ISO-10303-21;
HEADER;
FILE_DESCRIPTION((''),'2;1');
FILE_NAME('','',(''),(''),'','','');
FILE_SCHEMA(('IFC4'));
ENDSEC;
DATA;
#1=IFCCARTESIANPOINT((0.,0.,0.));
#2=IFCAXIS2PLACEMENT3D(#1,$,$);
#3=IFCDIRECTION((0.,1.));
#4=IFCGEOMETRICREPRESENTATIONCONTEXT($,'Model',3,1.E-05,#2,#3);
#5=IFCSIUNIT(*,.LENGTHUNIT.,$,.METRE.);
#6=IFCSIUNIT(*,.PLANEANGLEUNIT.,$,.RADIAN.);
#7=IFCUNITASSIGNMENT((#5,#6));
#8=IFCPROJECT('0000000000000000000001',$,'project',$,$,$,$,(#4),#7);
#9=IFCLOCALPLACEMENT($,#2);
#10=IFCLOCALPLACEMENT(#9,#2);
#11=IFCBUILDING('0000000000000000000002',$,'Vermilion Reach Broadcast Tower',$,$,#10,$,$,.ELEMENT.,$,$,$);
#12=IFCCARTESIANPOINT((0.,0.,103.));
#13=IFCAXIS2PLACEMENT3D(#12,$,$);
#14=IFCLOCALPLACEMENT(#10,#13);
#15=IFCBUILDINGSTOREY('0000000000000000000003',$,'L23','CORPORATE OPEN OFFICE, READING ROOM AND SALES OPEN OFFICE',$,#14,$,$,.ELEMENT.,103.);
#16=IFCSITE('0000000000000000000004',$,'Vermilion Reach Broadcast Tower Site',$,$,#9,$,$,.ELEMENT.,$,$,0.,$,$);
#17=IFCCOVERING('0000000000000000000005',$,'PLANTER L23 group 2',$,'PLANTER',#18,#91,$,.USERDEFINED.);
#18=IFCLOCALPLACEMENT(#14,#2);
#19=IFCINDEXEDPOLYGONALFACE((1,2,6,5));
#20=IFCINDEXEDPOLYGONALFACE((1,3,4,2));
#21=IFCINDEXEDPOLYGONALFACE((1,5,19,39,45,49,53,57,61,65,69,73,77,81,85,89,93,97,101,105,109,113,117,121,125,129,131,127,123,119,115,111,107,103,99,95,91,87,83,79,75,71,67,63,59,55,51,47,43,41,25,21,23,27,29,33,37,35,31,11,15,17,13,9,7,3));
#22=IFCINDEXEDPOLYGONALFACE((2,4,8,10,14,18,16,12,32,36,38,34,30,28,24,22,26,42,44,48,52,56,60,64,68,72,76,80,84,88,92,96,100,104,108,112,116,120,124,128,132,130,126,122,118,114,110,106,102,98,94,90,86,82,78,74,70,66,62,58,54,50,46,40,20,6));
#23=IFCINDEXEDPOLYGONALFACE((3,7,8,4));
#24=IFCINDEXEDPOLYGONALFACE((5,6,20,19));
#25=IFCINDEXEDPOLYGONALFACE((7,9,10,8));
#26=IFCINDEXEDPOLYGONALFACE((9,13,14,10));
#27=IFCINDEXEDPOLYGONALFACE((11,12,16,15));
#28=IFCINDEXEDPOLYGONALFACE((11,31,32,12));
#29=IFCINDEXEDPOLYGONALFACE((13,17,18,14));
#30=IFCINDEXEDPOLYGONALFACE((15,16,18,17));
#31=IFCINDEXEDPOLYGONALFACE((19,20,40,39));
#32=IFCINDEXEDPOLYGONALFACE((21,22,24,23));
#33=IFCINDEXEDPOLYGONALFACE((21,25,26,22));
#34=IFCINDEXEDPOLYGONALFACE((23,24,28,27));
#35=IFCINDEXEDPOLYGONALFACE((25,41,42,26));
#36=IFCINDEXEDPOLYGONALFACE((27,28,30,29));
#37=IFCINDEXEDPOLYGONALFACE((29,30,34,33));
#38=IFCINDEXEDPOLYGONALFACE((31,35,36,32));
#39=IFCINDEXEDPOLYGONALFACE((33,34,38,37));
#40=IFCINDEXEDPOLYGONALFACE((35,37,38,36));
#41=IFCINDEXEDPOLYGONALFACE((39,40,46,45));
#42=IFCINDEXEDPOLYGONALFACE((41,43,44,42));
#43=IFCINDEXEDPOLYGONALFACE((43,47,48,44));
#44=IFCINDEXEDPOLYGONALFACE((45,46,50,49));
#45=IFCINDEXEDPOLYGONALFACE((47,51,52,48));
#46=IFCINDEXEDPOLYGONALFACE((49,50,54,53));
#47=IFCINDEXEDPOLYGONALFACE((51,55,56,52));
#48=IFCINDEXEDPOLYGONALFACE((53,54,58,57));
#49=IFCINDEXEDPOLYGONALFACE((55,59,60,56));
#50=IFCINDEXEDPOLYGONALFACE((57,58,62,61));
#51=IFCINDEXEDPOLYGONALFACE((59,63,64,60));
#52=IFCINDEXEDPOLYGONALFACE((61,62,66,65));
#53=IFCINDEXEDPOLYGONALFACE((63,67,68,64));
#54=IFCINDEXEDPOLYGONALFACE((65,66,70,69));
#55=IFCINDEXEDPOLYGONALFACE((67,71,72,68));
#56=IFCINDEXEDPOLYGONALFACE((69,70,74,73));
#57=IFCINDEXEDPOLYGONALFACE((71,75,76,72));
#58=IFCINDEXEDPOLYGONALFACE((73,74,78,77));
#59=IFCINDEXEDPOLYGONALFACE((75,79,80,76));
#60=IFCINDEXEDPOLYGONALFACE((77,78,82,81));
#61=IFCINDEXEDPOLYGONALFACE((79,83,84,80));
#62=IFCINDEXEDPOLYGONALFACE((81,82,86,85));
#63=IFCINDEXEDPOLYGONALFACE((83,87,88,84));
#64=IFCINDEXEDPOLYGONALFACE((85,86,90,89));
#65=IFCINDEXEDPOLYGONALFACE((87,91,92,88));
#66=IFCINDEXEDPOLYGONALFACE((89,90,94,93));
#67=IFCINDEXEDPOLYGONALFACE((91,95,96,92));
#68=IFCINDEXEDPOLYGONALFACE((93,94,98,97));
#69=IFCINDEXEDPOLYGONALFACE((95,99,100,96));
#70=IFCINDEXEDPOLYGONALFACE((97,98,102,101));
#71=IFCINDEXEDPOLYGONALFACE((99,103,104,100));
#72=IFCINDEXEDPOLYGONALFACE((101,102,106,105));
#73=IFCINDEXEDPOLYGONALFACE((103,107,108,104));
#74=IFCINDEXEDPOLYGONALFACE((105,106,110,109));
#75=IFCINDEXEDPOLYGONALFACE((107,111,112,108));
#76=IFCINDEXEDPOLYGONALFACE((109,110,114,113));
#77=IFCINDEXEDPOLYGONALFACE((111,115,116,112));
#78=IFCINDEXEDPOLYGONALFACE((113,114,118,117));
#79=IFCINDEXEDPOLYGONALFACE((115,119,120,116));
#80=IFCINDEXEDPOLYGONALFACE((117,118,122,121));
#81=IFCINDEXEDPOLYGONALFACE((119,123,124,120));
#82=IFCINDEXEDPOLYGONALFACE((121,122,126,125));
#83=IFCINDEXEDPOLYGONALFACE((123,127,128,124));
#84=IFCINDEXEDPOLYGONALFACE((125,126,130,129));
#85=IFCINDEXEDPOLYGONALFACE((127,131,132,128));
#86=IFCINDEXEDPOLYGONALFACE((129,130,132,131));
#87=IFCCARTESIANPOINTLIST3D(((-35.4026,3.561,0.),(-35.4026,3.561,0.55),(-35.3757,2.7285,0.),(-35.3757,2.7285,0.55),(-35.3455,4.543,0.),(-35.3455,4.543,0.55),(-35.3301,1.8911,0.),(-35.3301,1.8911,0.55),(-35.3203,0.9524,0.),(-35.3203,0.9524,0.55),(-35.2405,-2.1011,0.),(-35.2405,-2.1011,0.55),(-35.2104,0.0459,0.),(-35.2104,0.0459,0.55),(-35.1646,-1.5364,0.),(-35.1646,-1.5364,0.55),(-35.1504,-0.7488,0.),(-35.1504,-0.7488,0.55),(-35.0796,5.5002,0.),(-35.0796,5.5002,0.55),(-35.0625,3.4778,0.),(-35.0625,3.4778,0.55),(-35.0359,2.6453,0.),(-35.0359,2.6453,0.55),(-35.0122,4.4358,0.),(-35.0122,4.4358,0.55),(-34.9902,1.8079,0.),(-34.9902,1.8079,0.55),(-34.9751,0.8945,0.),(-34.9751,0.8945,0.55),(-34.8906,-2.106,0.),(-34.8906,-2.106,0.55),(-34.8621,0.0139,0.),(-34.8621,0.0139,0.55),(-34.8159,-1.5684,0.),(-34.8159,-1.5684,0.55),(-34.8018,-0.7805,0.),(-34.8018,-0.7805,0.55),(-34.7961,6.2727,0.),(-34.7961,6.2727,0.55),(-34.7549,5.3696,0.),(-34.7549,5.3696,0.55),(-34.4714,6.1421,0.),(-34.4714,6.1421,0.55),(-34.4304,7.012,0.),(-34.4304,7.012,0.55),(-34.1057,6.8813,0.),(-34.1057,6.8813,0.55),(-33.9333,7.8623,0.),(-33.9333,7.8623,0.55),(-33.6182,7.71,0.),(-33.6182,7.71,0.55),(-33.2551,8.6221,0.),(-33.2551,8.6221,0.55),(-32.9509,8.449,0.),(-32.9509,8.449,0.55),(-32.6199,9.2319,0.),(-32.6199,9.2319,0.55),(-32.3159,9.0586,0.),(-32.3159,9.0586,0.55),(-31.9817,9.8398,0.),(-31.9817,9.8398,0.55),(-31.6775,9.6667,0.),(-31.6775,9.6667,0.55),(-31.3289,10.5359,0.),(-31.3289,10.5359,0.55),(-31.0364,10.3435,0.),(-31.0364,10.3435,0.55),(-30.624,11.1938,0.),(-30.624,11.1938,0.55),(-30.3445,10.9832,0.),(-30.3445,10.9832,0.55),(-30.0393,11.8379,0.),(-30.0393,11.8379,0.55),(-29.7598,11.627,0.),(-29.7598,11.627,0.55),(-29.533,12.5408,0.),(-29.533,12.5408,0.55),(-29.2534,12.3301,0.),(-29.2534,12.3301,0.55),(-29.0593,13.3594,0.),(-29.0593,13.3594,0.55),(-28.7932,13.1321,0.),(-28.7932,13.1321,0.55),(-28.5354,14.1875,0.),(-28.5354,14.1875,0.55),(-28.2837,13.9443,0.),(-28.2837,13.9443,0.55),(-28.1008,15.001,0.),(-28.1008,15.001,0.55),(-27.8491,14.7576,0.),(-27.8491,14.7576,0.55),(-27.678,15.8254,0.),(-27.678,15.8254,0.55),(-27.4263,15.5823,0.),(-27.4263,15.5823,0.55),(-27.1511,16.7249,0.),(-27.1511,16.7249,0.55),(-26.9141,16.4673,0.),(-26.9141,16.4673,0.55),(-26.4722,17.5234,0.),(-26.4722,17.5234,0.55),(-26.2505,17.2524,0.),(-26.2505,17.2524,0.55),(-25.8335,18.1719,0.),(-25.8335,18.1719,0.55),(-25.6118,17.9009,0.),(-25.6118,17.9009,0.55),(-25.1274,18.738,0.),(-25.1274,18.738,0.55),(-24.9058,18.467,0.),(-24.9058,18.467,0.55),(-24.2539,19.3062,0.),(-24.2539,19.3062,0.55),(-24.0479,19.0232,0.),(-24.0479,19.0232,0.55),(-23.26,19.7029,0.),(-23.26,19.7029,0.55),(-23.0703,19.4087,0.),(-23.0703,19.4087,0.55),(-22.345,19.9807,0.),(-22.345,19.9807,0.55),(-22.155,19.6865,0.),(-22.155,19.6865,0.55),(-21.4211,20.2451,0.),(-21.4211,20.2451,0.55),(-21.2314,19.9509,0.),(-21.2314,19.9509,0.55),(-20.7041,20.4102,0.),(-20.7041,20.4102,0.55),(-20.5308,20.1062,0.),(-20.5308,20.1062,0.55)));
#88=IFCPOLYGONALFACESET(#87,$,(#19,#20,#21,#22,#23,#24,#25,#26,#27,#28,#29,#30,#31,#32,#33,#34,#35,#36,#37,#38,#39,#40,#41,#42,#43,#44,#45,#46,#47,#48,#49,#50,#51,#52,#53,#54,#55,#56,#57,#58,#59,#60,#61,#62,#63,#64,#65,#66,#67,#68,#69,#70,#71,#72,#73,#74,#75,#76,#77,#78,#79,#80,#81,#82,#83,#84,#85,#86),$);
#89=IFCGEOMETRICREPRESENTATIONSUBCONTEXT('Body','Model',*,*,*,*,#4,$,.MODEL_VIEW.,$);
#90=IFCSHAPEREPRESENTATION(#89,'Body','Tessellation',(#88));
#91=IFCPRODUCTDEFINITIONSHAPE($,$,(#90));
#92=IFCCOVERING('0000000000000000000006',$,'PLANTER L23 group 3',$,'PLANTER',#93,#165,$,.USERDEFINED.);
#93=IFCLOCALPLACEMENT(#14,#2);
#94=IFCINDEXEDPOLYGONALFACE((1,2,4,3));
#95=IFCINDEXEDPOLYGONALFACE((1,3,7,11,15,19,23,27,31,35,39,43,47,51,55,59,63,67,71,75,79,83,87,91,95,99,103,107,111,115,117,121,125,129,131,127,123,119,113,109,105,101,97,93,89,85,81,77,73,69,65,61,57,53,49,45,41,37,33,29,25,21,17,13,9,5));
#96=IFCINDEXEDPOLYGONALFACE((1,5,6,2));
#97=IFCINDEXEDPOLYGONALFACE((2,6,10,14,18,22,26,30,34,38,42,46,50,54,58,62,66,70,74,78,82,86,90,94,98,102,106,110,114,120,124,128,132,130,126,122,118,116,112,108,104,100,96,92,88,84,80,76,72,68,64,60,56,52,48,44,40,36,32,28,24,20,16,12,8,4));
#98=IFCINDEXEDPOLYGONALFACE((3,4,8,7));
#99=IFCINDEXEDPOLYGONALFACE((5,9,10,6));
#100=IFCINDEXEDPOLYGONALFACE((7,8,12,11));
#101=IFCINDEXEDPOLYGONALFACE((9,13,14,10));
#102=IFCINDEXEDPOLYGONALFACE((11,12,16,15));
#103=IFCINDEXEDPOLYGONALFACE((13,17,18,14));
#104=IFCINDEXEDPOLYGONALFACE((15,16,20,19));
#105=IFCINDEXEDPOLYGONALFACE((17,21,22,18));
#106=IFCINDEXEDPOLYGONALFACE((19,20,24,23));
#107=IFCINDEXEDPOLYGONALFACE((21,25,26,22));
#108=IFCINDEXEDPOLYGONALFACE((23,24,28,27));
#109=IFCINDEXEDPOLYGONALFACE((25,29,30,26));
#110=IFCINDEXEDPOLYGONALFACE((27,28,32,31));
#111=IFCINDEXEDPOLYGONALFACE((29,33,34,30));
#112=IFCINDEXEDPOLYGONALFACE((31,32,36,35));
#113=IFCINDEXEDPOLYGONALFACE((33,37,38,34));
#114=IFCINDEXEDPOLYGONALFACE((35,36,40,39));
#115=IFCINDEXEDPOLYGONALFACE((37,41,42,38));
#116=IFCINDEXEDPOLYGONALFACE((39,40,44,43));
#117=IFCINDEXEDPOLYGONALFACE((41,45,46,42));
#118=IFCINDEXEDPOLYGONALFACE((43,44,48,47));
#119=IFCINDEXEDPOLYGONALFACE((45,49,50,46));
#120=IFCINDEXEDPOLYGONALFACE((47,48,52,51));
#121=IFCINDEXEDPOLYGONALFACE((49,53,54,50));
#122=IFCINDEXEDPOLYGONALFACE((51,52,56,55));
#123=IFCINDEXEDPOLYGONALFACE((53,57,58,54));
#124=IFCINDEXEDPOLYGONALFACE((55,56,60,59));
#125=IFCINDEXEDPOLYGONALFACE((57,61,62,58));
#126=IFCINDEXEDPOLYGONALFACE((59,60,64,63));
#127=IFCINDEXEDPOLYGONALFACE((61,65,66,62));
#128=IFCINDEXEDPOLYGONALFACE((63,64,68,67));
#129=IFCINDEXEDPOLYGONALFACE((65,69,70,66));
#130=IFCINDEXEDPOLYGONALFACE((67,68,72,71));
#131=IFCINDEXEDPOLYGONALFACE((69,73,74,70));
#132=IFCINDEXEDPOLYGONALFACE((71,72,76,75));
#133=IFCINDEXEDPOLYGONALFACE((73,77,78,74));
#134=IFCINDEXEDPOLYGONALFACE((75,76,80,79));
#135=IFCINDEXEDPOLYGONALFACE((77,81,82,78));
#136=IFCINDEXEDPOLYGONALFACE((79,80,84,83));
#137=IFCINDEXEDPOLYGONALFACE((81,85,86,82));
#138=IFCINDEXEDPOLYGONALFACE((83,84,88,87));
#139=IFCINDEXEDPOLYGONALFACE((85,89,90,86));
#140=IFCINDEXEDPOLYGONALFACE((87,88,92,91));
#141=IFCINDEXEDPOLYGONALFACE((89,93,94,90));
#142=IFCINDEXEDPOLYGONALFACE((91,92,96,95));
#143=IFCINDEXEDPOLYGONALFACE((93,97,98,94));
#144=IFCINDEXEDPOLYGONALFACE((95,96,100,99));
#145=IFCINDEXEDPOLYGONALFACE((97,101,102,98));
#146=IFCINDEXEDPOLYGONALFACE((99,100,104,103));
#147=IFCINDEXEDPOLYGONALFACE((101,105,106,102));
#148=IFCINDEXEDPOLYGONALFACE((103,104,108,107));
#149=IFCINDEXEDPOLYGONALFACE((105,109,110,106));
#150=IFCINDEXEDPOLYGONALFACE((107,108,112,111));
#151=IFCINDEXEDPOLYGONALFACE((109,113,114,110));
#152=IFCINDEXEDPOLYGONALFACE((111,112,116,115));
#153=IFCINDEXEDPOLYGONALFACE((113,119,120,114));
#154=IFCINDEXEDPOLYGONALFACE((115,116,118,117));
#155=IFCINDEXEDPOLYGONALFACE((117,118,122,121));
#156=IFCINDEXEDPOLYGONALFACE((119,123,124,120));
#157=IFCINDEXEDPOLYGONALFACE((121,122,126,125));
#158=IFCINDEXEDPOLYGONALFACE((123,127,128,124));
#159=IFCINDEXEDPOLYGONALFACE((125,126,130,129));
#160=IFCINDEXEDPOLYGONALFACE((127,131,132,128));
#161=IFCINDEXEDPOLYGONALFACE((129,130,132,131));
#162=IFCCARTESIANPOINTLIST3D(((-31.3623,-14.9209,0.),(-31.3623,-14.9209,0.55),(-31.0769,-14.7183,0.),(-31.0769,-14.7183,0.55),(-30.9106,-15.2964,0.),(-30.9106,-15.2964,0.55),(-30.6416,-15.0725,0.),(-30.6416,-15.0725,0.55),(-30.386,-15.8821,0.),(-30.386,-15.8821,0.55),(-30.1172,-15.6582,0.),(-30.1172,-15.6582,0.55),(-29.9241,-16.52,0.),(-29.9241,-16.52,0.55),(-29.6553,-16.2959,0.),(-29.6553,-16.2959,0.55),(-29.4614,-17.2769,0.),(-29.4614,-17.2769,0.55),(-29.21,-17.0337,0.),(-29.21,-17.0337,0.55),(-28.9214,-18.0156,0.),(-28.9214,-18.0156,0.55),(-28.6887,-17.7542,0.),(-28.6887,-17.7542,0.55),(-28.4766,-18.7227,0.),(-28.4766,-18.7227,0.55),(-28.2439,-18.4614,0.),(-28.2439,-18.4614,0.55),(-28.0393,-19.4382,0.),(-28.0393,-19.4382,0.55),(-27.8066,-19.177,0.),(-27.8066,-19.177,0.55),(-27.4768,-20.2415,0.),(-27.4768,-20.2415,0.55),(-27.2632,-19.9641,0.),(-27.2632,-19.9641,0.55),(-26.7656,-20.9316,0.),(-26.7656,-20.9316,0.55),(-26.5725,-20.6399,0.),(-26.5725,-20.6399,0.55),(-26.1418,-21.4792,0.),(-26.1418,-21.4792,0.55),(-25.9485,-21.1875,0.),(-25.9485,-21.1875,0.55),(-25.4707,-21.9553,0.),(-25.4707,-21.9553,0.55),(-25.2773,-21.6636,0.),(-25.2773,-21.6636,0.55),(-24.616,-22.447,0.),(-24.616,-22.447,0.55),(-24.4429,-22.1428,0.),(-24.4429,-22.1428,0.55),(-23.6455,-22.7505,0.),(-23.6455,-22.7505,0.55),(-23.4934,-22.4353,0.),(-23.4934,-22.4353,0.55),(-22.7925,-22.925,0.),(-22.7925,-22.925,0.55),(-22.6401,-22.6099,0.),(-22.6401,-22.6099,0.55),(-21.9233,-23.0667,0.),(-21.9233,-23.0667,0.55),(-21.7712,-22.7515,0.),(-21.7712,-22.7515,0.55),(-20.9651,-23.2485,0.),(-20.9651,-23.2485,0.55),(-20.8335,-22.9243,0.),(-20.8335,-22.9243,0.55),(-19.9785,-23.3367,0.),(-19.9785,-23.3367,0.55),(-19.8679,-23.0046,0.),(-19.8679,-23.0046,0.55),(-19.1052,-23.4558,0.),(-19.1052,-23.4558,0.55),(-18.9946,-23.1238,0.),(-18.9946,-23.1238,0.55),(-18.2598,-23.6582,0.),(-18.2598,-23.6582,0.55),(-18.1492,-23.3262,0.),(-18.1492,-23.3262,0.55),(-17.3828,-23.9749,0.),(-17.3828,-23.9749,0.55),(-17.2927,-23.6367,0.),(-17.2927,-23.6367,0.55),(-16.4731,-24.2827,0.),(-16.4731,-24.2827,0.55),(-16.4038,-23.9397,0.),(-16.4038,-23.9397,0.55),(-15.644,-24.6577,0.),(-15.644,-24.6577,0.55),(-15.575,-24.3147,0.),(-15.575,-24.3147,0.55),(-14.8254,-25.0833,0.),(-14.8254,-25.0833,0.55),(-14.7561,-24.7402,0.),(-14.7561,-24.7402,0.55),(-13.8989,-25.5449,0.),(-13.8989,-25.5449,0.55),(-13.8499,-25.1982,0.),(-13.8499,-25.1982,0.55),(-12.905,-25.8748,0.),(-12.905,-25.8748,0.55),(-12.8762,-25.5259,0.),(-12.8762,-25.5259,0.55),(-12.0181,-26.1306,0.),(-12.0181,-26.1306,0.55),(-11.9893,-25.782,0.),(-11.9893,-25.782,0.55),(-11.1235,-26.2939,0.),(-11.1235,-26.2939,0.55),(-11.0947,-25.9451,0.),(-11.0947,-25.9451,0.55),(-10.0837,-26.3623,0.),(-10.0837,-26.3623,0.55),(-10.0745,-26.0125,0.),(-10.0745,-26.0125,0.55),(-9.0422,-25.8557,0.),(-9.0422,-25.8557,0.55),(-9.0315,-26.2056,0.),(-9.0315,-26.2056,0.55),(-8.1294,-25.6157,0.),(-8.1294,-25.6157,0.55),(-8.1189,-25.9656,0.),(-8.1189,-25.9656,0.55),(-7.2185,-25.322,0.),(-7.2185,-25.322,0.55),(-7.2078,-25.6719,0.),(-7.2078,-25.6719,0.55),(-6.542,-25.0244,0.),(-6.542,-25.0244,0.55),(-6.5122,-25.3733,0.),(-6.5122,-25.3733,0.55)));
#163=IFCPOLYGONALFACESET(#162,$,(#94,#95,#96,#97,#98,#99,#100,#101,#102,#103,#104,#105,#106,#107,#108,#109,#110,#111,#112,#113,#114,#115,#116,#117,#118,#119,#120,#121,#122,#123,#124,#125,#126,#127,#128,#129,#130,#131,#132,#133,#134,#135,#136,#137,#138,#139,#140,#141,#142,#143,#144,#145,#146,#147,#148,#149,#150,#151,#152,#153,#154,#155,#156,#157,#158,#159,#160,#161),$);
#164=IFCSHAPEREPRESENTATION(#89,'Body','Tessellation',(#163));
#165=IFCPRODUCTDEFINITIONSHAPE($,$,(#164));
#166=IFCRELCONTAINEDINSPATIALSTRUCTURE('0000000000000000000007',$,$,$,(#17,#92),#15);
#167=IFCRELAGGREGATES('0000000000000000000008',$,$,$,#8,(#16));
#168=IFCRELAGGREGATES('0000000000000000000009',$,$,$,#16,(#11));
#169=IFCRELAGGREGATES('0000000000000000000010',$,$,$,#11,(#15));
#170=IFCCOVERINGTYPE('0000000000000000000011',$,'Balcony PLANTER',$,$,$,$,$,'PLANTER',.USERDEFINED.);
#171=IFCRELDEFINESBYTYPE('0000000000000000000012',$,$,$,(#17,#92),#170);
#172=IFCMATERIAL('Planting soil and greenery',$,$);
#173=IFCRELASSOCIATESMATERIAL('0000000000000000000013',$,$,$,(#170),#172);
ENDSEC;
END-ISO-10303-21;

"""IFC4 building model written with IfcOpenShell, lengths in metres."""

from ifc_helpers import new_model, si_unit, direction, frame, origin, place, context, subcontext, project, spatial, polyline, outline, extrude, material, type_object, element, save


model = new_model("IFC4")

# Units and contexts
model_context = context("Model", 3, precision=1e-05, world=origin(), true_north=direction((0.0, 1.0)))
body_context = subcontext(model_context, "Body", "Model", "MODEL_VIEW")
ifc_project = project(units=[si_unit("LENGTHUNIT", "METRE"), si_unit("PLANEANGLEUNIT", "RADIAN")], contexts=[model_context])

# Site, building, storey
site_placement = place(None, origin())
site = spatial("IfcSite", under=ifc_project, at=site_placement, Name="Vermilion Reach Broadcast Tower Site", CompositionType="ELEMENT", RefElevation=0.0)
building_placement = place(site_placement, origin())
building = spatial("IfcBuilding", under=site, at=building_placement, Name="Vermilion Reach Broadcast Tower", CompositionType="ELEMENT")
storey_placement = place(building_placement, frame((0.0, 0.0, 103.0)))
storey = spatial("IfcBuildingStorey", under=building, at=storey_placement, Name="L23", Description="CORPORATE OPEN OFFICE, READING ROOM AND SALES OPEN OFFICE", CompositionType="ELEMENT", Elevation=103.0)

# Shared definitions
placement_1 = place(storey_placement, origin())

# Coverings
ifc_material_1 = material(Name="Planting soil and greenery")
covering_type = type_object("IfcCoveringType", Name="Balcony PLANTER", ElementType="PLANTER", PredefinedType="USERDEFINED", material=ifc_material_1)
element("IfcCovering", 1, at=placement_1, inside=storey, type_object=covering_type, Name="PLANTER L23 group 2", ObjectType="PLANTER", PredefinedType="USERDEFINED", context=body_context, shape_type="SweptSolid", body=[
    extrude(outline(polyline([(-20.7041, 20.4102), (-21.4211, 20.2451), (-22.345, 19.9807), (-23.26, 19.7029), (-24.2539, 19.3062), (-25.1274, 18.738), (-25.8335, 18.1719), (-26.4722, 17.5234), (-27.1511, 16.7249), (-27.678, 15.8254), (-28.1008, 15.001), (-28.5354, 14.1875), (-29.0593, 13.3594), (-29.533, 12.5408), (-30.0393, 11.8379), (-30.624, 11.1938), (-31.3289, 10.5359), (-31.9817, 9.8398), (-32.6199, 9.2319), (-33.2551, 8.6221), (-33.9333, 7.8623), (-34.4304, 7.012), (-34.7961, 6.2727), (-35.0796, 5.5002), (-35.3455, 4.543), (-35.4026, 3.561), (-35.3757, 2.7285), (-35.3301, 1.8911), (-35.3203, 0.9524), (-35.2104, 0.0459), (-35.1504, -0.7488), (-35.1646, -1.5364), (-35.2405, -2.1011), (-34.8906, -2.106), (-34.8159, -1.5684), (-34.8018, -0.7805), (-34.8621, 0.0139), (-34.9751, 0.8945), (-34.9902, 1.8079), (-35.0359, 2.6453), (-35.0625, 3.4778), (-35.0122, 4.4358), (-34.7549, 5.3696), (-34.4714, 6.1421), (-34.1057, 6.8813), (-33.6182, 7.71), (-32.9509, 8.449), (-32.3159, 9.0586), (-31.6775, 9.6667), (-31.0364, 10.3435), (-30.3445, 10.9832), (-29.7598, 11.627), (-29.2534, 12.3301), (-28.7932, 13.1321), (-28.2837, 13.9443), (-27.8491, 14.7576), (-27.4263, 15.5823), (-26.9141, 16.4673), (-26.2505, 17.2524), (-25.6118, 17.9009), (-24.9058, 18.467), (-24.0479, 19.0232), (-23.0703, 19.4087), (-22.155, 19.6865), (-21.2314, 19.9509), (-20.5308, 20.1062), (-20.7041, 20.4102)])), origin(), (0.0, 0.0, 1.0), 0.55),
])
element("IfcCovering", 2, at=placement_1, inside=storey, type_object=covering_type, Name="PLANTER L23 group 3", ObjectType="PLANTER", PredefinedType="USERDEFINED", context=body_context, shape_type="SweptSolid", body=[
    extrude(outline(polyline([(-31.3623, -14.9209), (-30.9106, -15.2964), (-30.386, -15.8821), (-29.9241, -16.52), (-29.4614, -17.2769), (-28.9214, -18.0156), (-28.4766, -18.7227), (-28.0393, -19.4382), (-27.4768, -20.2415), (-26.7656, -20.9316), (-26.1418, -21.4792), (-25.4707, -21.9553), (-24.616, -22.447), (-23.6455, -22.7505), (-22.7925, -22.925), (-21.9233, -23.0667), (-20.9651, -23.2485), (-19.9785, -23.3367), (-19.1052, -23.4558), (-18.2598, -23.6582), (-17.3828, -23.9749), (-16.4731, -24.2827), (-15.644, -24.6577), (-14.8254, -25.0833), (-13.8989, -25.5449), (-12.905, -25.8748), (-12.0181, -26.1306), (-11.1235, -26.2939), (-10.0837, -26.3623), (-9.0315, -26.2056), (-8.1189, -25.9656), (-7.2078, -25.6719), (-6.5122, -25.3733), (-6.542, -25.0244), (-7.2185, -25.322), (-8.1294, -25.6157), (-9.0422, -25.8557), (-10.0745, -26.0125), (-11.0947, -25.9451), (-11.9893, -25.782), (-12.8762, -25.5259), (-13.8499, -25.1982), (-14.7561, -24.7402), (-15.575, -24.3147), (-16.4038, -23.9397), (-17.2927, -23.6367), (-18.1492, -23.3262), (-18.9946, -23.1238), (-19.8679, -23.0046), (-20.8335, -22.9243), (-21.7712, -22.7515), (-22.6401, -22.6099), (-23.4934, -22.4353), (-24.4429, -22.1428), (-25.2773, -21.6636), (-25.9485, -21.1875), (-26.5725, -20.6399), (-27.2632, -19.9641), (-27.8066, -19.177), (-28.2439, -18.4614), (-28.6887, -17.7542), (-29.21, -17.0337), (-29.6553, -16.2959), (-30.1172, -15.6582), (-30.6416, -15.0725), (-31.0769, -14.7183), (-31.3623, -14.9209)])), origin(), (0.0, 0.0, 1.0), 0.55),
])

save(model, "model.ifc")
